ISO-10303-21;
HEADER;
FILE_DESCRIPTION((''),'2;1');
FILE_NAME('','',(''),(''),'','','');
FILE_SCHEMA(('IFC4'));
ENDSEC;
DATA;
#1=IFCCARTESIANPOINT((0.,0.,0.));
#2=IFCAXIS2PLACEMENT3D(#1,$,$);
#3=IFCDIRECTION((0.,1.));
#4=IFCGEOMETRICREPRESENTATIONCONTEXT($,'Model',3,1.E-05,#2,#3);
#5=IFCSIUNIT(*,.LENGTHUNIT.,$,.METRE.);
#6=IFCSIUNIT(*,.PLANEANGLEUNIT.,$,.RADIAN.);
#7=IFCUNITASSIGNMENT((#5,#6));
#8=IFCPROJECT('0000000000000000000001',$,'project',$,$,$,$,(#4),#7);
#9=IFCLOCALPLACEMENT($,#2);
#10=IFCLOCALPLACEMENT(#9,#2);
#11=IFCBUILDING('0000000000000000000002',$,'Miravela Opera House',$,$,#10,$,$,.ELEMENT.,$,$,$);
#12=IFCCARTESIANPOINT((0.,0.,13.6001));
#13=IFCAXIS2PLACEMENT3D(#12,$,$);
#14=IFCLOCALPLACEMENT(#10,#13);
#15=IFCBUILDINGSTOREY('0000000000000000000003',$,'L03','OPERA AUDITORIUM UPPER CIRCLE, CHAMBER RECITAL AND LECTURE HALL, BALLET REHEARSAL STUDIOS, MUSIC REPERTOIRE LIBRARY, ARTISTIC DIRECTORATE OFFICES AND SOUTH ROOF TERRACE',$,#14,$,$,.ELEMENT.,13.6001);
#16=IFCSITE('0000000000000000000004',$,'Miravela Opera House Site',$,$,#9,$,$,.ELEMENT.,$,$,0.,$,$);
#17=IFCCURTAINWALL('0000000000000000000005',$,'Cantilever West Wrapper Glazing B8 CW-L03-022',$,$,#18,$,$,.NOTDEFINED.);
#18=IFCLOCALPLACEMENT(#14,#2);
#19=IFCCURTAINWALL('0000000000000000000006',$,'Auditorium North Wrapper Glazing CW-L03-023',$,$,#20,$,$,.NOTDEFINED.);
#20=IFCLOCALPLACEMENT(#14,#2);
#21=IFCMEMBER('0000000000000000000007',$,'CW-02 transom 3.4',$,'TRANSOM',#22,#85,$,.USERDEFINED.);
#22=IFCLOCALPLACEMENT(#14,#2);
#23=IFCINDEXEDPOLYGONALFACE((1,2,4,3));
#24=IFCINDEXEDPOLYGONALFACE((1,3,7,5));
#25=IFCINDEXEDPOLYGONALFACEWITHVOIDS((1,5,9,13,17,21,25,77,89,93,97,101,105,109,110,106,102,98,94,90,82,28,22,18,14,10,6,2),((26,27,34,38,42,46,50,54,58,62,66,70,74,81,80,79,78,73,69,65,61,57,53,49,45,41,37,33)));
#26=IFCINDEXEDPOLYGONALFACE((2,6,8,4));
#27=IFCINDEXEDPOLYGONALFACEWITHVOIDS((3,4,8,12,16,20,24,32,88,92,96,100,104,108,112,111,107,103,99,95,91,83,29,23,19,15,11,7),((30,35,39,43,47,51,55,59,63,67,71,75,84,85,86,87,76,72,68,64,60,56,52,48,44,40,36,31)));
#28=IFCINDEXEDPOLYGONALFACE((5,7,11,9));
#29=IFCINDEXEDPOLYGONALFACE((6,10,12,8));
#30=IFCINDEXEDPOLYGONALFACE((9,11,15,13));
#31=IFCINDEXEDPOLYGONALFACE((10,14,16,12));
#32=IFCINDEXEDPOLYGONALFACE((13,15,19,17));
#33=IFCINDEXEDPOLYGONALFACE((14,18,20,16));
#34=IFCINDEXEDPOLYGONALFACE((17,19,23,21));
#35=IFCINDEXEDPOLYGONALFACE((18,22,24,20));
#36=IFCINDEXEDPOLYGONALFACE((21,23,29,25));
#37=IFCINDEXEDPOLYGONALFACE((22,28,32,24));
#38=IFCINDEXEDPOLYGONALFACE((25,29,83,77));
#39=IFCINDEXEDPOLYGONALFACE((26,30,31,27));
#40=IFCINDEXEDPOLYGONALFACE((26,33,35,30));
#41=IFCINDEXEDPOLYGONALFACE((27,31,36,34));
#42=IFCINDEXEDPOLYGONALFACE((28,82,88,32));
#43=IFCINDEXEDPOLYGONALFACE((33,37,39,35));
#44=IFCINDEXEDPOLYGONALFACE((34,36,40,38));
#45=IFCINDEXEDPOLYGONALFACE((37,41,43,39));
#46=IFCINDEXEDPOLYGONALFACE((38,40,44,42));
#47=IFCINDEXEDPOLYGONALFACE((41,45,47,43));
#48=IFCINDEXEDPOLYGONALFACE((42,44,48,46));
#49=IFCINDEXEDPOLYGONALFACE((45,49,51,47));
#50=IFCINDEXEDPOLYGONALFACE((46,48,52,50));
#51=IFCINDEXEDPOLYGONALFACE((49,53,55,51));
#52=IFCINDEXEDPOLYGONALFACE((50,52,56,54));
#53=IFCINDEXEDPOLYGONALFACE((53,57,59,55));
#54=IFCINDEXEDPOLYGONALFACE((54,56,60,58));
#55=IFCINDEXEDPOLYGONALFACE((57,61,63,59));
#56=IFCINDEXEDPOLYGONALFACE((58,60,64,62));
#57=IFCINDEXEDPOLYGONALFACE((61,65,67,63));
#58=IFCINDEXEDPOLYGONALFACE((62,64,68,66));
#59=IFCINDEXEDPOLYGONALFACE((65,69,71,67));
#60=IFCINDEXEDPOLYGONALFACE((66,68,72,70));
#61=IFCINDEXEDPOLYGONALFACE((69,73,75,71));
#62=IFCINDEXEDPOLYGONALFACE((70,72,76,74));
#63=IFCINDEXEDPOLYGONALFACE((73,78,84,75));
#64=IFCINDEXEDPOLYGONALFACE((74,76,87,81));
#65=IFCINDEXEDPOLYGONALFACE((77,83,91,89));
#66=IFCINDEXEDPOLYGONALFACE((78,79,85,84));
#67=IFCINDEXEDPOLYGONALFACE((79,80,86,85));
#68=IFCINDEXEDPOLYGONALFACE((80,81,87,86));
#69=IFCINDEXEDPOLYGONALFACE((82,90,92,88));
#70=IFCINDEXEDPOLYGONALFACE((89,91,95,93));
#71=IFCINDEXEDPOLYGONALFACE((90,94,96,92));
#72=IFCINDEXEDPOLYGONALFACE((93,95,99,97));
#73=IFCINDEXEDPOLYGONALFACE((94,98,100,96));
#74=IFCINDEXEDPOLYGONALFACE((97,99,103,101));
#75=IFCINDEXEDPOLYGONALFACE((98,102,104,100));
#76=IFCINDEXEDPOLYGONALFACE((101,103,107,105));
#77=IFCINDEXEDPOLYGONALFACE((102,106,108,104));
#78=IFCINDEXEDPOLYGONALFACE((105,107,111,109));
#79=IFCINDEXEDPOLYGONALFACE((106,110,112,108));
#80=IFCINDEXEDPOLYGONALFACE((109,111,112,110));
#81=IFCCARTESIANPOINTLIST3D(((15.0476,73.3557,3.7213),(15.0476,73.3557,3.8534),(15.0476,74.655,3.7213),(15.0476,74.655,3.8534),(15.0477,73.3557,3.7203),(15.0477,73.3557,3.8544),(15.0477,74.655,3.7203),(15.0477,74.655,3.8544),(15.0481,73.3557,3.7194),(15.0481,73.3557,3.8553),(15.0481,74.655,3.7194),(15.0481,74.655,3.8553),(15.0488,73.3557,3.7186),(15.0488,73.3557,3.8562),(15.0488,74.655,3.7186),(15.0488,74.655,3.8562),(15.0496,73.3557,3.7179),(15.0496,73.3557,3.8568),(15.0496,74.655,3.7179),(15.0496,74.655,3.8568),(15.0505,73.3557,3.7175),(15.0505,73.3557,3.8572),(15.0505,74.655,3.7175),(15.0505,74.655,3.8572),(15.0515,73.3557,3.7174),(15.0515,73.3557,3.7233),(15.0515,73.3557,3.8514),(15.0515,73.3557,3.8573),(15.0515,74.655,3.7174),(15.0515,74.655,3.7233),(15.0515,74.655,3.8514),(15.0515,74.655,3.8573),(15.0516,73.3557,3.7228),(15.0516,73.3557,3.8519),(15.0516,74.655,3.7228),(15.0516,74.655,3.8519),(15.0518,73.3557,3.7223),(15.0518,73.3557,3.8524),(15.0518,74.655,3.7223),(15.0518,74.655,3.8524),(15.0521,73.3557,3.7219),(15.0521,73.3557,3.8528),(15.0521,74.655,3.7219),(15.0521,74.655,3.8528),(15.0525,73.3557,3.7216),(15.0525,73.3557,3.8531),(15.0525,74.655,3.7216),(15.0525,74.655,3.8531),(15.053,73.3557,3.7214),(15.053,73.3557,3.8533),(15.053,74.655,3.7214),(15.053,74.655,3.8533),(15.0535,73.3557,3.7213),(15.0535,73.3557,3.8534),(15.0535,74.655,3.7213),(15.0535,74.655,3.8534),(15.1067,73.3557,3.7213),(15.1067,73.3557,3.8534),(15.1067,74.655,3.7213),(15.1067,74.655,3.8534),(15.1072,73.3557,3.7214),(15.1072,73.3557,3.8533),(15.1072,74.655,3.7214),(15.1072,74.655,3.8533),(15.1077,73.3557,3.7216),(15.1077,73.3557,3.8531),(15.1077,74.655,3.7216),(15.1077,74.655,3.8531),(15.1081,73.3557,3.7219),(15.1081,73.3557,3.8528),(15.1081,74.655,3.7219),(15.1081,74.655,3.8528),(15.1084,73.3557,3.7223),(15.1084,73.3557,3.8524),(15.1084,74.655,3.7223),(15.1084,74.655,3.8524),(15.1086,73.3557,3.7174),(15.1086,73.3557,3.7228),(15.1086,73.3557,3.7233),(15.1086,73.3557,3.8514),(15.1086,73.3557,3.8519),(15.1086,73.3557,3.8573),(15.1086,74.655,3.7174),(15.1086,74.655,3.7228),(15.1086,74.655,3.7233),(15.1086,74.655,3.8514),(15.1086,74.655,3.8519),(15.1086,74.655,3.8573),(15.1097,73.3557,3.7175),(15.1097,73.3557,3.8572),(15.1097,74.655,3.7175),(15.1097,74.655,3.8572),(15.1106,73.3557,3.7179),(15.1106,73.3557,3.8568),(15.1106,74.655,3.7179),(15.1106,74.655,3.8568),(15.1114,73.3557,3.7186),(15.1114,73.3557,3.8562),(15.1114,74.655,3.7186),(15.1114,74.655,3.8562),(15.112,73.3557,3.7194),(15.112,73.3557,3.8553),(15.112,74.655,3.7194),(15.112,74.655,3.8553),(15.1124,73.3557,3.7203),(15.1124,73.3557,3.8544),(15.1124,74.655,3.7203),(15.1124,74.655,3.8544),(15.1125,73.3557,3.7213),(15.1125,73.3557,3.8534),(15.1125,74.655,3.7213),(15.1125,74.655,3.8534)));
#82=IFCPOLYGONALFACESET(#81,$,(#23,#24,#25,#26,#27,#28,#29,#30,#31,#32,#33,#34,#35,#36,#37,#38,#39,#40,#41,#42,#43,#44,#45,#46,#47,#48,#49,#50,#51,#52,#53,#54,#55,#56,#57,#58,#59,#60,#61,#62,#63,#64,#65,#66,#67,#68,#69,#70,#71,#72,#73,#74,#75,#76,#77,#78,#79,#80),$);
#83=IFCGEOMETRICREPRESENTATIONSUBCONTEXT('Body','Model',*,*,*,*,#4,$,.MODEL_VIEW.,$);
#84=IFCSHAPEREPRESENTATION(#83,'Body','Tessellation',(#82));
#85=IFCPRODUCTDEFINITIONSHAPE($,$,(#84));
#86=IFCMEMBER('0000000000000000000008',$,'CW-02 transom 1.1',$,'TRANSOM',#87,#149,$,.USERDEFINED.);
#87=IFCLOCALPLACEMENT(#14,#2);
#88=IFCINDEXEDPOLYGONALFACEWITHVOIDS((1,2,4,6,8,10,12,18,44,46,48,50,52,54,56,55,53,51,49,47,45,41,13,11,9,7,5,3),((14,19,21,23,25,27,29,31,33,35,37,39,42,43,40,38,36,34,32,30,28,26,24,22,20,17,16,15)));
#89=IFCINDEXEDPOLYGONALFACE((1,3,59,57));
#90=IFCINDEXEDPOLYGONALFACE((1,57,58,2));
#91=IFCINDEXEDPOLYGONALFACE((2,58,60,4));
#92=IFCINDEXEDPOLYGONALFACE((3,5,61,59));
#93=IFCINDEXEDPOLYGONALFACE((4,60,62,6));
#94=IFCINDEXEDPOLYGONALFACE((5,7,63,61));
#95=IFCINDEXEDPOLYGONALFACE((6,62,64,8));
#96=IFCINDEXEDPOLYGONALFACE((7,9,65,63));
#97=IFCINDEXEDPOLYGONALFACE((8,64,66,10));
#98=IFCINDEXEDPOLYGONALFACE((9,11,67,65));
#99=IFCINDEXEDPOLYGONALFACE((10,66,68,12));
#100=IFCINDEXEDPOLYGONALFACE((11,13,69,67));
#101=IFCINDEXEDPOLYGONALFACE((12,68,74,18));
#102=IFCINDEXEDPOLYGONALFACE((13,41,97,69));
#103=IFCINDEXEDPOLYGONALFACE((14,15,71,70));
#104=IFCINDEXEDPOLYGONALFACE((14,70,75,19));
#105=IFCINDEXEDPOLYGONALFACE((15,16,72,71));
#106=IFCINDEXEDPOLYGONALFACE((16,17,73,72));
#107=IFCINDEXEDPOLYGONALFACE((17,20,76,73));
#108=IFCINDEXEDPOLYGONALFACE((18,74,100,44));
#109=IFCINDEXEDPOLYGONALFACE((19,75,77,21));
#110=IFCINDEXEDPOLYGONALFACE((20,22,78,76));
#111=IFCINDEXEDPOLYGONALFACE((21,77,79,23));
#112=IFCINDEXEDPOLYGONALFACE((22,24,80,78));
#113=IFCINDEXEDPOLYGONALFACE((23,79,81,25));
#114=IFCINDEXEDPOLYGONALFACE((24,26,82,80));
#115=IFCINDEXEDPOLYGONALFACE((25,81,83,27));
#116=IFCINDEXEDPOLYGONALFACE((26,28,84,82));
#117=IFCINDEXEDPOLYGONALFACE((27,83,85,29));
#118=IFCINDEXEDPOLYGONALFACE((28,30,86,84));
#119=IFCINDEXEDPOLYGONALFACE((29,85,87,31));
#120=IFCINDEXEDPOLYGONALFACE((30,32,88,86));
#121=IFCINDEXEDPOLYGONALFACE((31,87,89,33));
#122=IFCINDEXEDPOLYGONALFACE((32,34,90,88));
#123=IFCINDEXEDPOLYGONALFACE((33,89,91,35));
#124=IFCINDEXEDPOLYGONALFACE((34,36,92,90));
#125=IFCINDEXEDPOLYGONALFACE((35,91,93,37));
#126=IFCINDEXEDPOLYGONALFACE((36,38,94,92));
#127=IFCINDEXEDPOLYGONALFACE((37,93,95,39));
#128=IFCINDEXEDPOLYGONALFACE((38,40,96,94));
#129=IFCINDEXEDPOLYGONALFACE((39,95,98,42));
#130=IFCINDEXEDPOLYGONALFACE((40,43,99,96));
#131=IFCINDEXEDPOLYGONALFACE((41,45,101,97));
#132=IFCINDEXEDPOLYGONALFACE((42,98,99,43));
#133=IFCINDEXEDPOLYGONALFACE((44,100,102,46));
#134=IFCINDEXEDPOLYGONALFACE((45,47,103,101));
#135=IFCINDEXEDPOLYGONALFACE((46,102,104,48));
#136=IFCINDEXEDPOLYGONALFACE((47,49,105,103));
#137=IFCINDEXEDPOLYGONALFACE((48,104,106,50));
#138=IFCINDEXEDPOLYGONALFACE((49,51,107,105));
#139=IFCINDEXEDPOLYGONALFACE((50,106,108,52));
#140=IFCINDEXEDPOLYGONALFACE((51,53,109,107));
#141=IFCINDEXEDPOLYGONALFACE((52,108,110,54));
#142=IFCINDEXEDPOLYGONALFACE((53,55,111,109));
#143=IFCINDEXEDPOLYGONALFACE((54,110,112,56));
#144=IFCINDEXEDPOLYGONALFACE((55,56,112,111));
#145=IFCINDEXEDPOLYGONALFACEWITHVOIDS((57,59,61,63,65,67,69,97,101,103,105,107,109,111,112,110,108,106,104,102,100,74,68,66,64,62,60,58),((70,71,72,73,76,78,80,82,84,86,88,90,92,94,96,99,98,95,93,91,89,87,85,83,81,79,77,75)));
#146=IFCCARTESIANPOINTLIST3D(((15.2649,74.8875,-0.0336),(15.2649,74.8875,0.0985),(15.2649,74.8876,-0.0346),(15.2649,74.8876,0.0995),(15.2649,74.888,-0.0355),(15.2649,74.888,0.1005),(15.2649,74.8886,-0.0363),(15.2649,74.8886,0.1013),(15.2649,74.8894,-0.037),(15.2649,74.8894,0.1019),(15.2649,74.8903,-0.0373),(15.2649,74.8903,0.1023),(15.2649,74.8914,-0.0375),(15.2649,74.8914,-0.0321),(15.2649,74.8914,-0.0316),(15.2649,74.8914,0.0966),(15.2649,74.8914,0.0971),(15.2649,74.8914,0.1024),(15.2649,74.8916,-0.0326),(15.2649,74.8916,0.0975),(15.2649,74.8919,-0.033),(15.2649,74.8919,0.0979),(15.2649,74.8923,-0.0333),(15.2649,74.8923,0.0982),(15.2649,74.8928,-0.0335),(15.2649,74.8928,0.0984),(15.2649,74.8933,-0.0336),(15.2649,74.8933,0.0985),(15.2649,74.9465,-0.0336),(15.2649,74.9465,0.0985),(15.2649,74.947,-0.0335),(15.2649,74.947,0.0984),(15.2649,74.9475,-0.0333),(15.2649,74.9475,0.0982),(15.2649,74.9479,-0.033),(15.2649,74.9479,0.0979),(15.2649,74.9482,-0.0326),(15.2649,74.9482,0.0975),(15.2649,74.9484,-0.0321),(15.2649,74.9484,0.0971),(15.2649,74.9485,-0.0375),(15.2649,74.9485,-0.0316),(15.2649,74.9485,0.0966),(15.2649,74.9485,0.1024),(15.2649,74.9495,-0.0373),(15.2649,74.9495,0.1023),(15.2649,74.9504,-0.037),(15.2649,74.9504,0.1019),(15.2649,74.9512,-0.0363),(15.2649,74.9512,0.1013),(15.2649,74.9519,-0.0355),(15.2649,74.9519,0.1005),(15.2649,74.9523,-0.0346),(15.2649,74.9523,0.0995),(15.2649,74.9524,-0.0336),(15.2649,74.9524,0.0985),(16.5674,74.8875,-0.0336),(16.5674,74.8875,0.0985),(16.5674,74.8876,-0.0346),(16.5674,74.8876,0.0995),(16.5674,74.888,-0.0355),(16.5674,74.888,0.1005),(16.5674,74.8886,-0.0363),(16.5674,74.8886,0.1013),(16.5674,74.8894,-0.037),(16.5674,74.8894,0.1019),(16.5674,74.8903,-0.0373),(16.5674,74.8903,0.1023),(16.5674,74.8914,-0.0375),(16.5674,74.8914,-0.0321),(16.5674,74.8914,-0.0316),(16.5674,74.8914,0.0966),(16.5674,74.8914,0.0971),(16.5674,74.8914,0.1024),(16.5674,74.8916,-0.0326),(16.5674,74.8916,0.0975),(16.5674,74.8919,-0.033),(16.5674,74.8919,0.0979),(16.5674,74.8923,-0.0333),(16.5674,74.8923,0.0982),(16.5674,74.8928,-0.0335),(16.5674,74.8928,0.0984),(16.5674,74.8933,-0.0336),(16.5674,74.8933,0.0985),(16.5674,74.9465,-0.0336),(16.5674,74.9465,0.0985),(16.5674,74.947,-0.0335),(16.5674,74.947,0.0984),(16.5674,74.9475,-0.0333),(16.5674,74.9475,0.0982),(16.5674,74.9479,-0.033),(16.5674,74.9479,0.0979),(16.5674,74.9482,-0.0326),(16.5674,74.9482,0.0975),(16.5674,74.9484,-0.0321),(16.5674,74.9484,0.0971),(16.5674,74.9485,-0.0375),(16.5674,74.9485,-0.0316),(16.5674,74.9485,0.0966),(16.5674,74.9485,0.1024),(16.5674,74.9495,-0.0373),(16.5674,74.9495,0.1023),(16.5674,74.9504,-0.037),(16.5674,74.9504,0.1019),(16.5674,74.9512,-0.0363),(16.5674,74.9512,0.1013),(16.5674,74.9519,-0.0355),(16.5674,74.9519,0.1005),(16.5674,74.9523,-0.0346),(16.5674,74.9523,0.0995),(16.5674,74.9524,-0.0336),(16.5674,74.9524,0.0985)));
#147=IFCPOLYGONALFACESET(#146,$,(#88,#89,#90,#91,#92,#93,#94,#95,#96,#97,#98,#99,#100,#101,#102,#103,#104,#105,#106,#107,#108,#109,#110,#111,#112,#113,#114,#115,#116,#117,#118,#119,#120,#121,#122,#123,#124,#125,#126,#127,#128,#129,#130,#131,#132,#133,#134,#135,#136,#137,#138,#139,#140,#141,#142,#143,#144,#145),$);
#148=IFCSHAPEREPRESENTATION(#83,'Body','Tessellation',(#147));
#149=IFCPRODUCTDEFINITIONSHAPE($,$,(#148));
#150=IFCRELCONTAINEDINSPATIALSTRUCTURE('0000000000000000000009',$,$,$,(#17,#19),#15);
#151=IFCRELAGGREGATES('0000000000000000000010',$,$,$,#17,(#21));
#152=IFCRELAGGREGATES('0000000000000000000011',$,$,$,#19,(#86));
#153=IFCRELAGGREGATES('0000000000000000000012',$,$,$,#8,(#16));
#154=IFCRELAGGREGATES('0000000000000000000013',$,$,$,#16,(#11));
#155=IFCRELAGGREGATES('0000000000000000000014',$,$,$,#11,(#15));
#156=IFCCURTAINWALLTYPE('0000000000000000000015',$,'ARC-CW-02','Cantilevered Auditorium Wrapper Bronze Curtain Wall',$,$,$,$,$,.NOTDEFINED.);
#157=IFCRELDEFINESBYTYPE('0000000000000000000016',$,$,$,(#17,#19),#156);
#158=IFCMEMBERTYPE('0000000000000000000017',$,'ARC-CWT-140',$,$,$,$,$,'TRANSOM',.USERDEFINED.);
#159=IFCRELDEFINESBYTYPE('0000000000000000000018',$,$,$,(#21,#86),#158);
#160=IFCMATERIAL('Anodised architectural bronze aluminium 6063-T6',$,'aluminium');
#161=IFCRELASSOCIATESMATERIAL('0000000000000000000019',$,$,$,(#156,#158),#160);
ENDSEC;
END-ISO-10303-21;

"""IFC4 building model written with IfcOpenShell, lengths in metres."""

from ifc_helpers import new_model, si_unit, direction, frame, origin, origin_2d, place, context, subcontext, project, spatial, hollow_rectangle, extrude, material, material_profile, profile_set, type_object, element, aggregate, save


model = new_model("IFC4")

# Units and contexts
model_context = context("Model", 3, precision=1e-05, world=origin(), true_north=direction((0.0, 1.0)))
body_context = subcontext(model_context, "Body", "Model", "MODEL_VIEW")
ifc_project = project(units=[si_unit("LENGTHUNIT", "METRE"), si_unit("PLANEANGLEUNIT", "RADIAN")], contexts=[model_context])

# Site, building, storey
site_placement = place(None, origin())
site = spatial("IfcSite", under=ifc_project, at=site_placement, Name="Miravela Opera House Site", CompositionType="ELEMENT", RefElevation=0.0)
building_placement = place(site_placement, origin())
building = spatial("IfcBuilding", under=site, at=building_placement, Name="Miravela Opera House", CompositionType="ELEMENT")
storey_placement = place(building_placement, frame((0.0, 0.0, 13.6001)))
storey = spatial("IfcBuildingStorey", under=building, at=storey_placement, Name="L03", Description="OPERA AUDITORIUM UPPER CIRCLE, CHAMBER RECITAL AND LECTURE HALL, BALLET REHEARSAL STUDIOS, MUSIC REPERTOIRE LIBRARY, ARTISTIC DIRECTORATE OFFICES AND SOUTH ROOF TERRACE", CompositionType="ELEMENT", Elevation=13.6001)

# Curtain walls
ifc_material_1 = material(Name="Anodised architectural bronze aluminium 6063-T6", Category="aluminium")
curtain_wall_type = type_object("IfcCurtainWallType", Name="ARC-CW-02", Description="Cantilevered Auditorium Wrapper Bronze Curtain Wall", PredefinedType="NOTDEFINED", material=ifc_material_1)
curtain_wall_1_placement = place(storey_placement, origin())
curtain_wall_1 = element("IfcCurtainWall", 1, at=curtain_wall_1_placement, inside=storey, type_object=curtain_wall_type, Name="Cantilever West Wrapper Glazing B8 CW-L03-022", PredefinedType="NOTDEFINED")
curtain_wall_2_placement = place(storey_placement, origin())
curtain_wall_2 = element("IfcCurtainWall", 2, at=curtain_wall_2_placement, inside=storey, type_object=curtain_wall_type, Name="Auditorium North Wrapper Glazing CW-L03-023", PredefinedType="NOTDEFINED")

# Members
ifc_material_profile_1 = material_profile(ifc_material_1, hollow_rectangle(XDim=0.0649, YDim=0.1399, WallThickness=0.0039, InnerFilletRadius=0.002, OuterFilletRadius=0.0039, at=origin_2d()), Name="CWT-65X140")
ifc_profile_set_1 = profile_set([ifc_material_profile_1])
member_type_1 = type_object("IfcMemberType", Name="ARC-CWT-140", ElementType="TRANSOM", PredefinedType="USERDEFINED", material=ifc_profile_set_1)
member_1_placement = place(storey_placement, frame((15.0801, 73.3557, 3.7874), z_axis=(0.0, 1.0, 0.0), x_axis=(-1.0, 0.0, 0.0)))
member_1 = element("IfcMember", 3, at=member_1_placement, type_object=member_type_1, Name="CW-02 transom 3.4", ObjectType="TRANSOM", PredefinedType="USERDEFINED", context=body_context, shape_type="SweptSolid", body=[
    extrude(hollow_rectangle(XDim=0.0649, YDim=0.1399, WallThickness=0.0039, InnerFilletRadius=0.002, OuterFilletRadius=0.0039, at=origin_2d()), origin(), (0.0, 0.0, 1.0), 1.2993),
])
member_2_placement = place(storey_placement, frame((15.2649, 74.9199, 0.0325), z_axis=(1.0, 0.0, 0.0), x_axis=(0.0, 1.0, 0.0)))
member_2 = element("IfcMember", 4, at=member_2_placement, type_object=member_type_1, Name="CW-02 transom 1.1", ObjectType="TRANSOM", PredefinedType="USERDEFINED", context=body_context, shape_type="SweptSolid", body=[
    extrude(hollow_rectangle(XDim=0.0649, YDim=0.1399, WallThickness=0.0039, InnerFilletRadius=0.002, OuterFilletRadius=0.0039, at=origin_2d()), origin(), (0.0, 0.0, 1.0), 1.3025),
])

aggregate(curtain_wall_1, [member_1])
aggregate(curtain_wall_2, [member_2])

save(model, "model.ifc")
